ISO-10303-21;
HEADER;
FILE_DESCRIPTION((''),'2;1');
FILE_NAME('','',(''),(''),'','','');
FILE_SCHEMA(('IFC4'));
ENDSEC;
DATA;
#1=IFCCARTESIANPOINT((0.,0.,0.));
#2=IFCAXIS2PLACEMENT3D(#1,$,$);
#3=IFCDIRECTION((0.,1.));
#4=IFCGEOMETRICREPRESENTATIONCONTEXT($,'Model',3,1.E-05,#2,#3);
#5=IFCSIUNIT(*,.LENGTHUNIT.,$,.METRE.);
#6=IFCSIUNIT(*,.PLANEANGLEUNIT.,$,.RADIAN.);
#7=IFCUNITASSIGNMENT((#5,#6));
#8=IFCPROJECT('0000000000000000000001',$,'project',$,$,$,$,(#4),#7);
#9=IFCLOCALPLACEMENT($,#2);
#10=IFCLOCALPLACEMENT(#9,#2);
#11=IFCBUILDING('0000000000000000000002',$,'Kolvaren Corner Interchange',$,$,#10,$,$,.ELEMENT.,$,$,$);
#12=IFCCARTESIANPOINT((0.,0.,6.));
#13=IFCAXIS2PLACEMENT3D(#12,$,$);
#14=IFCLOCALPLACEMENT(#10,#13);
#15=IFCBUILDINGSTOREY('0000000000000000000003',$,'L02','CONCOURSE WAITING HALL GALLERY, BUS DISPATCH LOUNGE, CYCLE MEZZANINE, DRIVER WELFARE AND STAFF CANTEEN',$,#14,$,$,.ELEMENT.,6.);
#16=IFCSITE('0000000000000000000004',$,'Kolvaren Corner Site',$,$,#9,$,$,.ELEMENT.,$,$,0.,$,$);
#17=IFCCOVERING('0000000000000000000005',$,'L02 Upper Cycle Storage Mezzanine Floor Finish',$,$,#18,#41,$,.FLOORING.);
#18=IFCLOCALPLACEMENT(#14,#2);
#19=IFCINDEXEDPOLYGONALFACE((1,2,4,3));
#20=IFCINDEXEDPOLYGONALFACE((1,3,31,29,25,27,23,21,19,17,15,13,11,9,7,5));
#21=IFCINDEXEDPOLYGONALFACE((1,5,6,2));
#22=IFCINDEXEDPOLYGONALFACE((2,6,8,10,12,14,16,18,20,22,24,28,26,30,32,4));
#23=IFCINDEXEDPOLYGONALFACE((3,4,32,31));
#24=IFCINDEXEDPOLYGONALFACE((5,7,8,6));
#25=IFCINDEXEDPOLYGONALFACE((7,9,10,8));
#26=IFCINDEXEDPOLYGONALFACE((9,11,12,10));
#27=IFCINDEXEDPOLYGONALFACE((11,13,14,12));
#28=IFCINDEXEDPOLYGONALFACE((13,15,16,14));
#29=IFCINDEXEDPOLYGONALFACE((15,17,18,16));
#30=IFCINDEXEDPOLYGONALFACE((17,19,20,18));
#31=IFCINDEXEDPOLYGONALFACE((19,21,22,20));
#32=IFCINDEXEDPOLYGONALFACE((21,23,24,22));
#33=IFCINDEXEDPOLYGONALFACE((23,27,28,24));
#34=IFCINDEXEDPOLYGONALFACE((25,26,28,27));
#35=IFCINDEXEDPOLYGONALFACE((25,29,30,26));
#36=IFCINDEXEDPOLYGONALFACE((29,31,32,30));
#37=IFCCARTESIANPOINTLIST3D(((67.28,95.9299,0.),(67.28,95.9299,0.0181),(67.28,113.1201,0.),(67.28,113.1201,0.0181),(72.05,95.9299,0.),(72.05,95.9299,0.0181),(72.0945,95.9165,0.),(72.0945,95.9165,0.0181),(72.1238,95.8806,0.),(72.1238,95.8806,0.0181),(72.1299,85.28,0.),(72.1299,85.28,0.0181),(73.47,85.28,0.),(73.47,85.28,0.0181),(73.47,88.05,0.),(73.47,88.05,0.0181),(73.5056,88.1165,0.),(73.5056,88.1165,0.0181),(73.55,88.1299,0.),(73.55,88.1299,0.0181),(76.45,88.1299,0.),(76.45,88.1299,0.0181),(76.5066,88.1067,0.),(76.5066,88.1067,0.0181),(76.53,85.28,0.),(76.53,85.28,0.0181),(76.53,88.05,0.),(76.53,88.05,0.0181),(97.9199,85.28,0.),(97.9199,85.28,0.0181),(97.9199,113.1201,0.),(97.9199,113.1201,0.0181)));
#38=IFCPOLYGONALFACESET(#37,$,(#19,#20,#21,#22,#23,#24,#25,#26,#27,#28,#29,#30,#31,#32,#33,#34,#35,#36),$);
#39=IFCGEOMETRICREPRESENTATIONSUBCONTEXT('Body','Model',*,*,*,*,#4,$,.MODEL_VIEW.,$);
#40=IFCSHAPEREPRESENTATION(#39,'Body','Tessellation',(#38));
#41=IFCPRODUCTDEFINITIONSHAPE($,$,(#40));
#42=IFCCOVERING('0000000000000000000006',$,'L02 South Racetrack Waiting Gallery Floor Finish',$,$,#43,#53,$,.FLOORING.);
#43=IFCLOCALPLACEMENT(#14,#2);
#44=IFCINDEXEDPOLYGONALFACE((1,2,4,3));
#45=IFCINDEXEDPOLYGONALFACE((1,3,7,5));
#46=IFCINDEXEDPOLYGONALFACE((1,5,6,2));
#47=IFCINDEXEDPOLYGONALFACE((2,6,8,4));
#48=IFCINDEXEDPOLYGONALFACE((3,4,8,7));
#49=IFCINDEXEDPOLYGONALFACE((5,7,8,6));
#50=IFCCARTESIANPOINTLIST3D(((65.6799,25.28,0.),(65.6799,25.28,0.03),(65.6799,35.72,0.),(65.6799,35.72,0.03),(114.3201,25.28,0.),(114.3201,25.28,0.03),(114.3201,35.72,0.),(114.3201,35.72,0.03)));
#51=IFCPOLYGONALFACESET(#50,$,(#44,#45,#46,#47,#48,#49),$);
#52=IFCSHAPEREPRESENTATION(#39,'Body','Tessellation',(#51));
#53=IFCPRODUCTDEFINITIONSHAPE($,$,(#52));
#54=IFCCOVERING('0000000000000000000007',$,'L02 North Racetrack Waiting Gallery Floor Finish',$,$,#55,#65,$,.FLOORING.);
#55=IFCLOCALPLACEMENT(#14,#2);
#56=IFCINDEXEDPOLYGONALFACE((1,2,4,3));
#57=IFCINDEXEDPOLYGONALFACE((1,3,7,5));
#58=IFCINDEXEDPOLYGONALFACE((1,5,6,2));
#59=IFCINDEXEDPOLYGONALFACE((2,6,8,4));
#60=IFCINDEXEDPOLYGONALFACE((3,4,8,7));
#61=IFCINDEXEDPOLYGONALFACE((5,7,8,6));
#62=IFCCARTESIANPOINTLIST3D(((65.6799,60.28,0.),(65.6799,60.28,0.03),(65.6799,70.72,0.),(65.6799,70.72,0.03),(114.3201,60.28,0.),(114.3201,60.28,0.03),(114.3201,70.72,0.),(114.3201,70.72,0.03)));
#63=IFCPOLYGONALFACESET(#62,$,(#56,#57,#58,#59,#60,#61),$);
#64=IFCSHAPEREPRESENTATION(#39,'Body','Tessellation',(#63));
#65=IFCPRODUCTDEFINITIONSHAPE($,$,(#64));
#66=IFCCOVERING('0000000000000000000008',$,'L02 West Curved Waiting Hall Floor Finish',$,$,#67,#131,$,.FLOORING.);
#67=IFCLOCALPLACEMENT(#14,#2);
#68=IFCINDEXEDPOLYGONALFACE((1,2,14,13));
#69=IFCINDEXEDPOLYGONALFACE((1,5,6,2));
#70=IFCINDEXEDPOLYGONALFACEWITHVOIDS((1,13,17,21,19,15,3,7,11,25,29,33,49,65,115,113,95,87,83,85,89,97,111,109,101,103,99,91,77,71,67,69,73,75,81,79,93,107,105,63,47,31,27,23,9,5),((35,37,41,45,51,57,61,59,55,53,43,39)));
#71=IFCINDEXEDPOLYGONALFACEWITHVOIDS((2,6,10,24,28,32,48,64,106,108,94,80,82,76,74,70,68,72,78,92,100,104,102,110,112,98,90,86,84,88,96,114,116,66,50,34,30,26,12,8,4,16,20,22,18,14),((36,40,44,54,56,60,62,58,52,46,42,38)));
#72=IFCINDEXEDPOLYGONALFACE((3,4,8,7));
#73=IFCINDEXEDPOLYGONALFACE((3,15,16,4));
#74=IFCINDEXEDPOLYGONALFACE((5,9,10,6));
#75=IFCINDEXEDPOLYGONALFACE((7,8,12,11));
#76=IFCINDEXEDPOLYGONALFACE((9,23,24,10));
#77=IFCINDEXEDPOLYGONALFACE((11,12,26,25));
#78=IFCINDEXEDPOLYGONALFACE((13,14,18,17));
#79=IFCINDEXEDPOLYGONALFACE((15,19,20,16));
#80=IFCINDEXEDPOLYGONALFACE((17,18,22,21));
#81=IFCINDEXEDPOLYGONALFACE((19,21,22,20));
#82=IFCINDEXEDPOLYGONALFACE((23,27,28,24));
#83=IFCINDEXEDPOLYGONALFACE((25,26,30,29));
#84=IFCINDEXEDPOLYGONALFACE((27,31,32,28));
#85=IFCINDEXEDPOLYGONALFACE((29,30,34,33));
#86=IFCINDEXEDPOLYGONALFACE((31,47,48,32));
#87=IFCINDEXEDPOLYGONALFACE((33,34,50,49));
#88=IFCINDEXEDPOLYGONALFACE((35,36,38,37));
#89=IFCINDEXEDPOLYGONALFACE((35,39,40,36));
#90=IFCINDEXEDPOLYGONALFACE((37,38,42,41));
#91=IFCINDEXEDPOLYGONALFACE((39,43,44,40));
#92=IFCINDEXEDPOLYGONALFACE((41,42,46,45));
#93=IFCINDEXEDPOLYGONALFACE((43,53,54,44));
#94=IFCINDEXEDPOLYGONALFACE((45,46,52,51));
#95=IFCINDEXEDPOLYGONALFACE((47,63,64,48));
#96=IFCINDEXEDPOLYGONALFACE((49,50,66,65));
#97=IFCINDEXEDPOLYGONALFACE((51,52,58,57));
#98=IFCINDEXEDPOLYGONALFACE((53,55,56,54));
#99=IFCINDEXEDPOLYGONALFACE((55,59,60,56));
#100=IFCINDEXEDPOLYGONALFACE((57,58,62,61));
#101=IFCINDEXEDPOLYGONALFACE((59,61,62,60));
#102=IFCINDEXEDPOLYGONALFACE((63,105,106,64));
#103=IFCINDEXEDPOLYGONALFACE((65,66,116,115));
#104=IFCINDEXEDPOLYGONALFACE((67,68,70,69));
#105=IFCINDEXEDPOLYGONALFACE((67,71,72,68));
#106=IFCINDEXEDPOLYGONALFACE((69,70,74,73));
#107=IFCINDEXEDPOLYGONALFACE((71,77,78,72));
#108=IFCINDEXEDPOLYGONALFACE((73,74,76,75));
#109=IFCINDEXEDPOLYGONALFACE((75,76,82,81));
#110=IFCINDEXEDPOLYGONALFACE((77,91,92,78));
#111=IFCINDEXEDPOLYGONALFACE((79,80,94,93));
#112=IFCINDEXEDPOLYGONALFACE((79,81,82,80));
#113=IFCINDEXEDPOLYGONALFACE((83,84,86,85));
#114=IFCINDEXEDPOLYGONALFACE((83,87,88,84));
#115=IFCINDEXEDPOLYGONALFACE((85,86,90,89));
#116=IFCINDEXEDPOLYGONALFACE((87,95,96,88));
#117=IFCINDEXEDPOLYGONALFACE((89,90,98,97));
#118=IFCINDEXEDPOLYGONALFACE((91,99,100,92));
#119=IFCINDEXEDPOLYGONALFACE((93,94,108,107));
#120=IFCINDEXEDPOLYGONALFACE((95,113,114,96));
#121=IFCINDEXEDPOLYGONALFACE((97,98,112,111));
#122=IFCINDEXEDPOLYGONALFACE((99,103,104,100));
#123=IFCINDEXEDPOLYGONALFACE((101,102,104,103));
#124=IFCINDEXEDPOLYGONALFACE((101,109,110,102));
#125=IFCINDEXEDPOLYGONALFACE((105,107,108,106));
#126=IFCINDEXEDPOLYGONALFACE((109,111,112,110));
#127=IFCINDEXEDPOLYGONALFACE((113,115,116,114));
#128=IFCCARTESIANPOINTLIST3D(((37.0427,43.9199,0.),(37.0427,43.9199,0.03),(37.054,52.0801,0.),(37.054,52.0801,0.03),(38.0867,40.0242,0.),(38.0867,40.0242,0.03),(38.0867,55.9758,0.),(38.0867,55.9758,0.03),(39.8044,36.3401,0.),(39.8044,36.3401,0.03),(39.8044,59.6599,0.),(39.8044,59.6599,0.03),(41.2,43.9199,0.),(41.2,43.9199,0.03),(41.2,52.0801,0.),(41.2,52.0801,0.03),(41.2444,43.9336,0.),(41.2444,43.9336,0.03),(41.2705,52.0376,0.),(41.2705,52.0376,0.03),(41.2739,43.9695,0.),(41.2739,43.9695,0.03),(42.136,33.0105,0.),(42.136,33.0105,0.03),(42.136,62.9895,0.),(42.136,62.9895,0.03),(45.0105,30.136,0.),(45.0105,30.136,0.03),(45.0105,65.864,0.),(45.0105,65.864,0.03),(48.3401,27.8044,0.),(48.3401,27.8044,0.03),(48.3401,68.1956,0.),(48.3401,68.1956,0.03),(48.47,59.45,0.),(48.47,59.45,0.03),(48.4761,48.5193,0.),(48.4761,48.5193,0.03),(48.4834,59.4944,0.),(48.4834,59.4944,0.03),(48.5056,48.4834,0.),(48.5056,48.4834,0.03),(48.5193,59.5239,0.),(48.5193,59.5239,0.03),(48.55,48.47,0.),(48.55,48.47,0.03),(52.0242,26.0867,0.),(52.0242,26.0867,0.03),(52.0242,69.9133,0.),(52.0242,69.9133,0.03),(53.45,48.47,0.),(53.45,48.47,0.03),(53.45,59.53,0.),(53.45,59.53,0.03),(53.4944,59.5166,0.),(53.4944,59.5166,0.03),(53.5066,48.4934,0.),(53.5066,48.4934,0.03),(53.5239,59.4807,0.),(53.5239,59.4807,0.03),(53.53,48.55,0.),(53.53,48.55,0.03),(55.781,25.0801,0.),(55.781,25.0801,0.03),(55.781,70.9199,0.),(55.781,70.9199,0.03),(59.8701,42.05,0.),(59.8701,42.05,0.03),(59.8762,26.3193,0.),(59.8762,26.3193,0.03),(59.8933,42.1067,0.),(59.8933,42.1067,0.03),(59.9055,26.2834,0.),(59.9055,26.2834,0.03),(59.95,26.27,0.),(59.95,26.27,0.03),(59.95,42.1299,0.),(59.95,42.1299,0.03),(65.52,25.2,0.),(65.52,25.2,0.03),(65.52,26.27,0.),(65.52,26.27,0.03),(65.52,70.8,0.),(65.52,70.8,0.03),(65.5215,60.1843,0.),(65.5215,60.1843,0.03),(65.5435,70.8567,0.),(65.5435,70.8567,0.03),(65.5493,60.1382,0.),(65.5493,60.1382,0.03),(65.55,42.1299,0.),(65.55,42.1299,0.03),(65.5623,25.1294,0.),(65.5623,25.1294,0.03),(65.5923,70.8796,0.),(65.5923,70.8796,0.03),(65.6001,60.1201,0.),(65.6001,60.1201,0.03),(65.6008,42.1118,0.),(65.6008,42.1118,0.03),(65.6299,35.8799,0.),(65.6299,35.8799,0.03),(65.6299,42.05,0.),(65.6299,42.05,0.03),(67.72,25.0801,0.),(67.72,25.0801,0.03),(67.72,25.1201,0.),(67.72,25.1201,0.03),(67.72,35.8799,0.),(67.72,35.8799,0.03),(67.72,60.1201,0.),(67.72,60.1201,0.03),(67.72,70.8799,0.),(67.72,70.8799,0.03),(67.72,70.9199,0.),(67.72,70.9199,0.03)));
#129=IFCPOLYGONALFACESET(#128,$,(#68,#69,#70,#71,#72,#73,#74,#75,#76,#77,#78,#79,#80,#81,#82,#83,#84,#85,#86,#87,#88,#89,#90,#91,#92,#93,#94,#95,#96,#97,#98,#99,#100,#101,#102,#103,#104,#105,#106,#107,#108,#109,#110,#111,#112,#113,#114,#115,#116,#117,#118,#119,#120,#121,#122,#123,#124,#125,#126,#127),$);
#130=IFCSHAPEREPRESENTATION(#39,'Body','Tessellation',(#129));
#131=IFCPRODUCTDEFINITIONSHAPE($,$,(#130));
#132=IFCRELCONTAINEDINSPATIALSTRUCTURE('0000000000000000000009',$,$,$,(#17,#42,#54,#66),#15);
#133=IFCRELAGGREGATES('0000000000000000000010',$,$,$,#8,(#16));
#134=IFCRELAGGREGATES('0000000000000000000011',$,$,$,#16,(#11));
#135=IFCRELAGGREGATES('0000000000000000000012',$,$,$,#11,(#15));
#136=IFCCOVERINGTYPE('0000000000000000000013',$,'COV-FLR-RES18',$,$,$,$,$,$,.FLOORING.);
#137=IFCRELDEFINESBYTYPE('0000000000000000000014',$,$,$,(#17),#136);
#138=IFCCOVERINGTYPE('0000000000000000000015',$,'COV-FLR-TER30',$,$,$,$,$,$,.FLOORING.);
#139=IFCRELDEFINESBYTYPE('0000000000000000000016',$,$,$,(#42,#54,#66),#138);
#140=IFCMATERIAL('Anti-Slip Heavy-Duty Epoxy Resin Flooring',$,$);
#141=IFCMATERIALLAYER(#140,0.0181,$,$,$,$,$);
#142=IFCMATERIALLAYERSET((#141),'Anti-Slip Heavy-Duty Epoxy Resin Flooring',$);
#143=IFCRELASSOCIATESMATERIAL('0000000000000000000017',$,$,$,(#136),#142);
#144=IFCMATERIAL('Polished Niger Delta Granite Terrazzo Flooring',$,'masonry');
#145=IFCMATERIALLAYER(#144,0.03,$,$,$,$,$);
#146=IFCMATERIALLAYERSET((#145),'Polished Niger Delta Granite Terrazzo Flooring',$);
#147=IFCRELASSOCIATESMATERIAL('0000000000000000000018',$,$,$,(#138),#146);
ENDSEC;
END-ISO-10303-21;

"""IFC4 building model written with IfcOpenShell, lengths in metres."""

from ifc_helpers import new_model, si_unit, direction, frame, origin, place, context, subcontext, project, spatial, polyline, outline, extrude, material, layer, layer_set, type_object, element, save


model = new_model("IFC4")

# Units and contexts
model_context = context("Model", 3, precision=1e-05, world=origin(), true_north=direction((0.0, 1.0)))
body_context = subcontext(model_context, "Body", "Model", "MODEL_VIEW")
ifc_project = project(units=[si_unit("LENGTHUNIT", "METRE"), si_unit("PLANEANGLEUNIT", "RADIAN")], contexts=[model_context])

# Site, building, storey
site_placement = place(None, origin())
site = spatial("IfcSite", under=ifc_project, at=site_placement, Name="Kolvaren Corner Site", CompositionType="ELEMENT", RefElevation=0.0)
building_placement = place(site_placement, origin())
building = spatial("IfcBuilding", under=site, at=building_placement, Name="Kolvaren Corner Interchange", CompositionType="ELEMENT")
storey_placement = place(building_placement, frame((0.0, 0.0, 6.0)))
storey = spatial("IfcBuildingStorey", under=building, at=storey_placement, Name="L02", Description="CONCOURSE WAITING HALL GALLERY, BUS DISPATCH LOUNGE, CYCLE MEZZANINE, DRIVER WELFARE AND STAFF CANTEEN", CompositionType="ELEMENT", Elevation=6.0)

# Coverings
ifc_material_1 = material(Name="Anti-Slip Heavy-Duty Epoxy Resin Flooring")
ifc_layer_1 = layer(ifc_material_1, 0.0181)
ifc_layer_set_1 = layer_set([ifc_layer_1], Name="Anti-Slip Heavy-Duty Epoxy Resin Flooring")
covering_type_1 = type_object("IfcCoveringType", Name="COV-FLR-RES18", PredefinedType="FLOORING", material=ifc_layer_set_1)
covering_1_placement = place(storey_placement, origin())
element("IfcCovering", 1, at=covering_1_placement, inside=storey, type_object=covering_type_1, Name="L02 Upper Cycle Storage Mezzanine Floor Finish", PredefinedType="FLOORING", context=body_context, shape_type="SweptSolid", body=[
    extrude(outline(polyline([(67.28, 113.1201), (67.28, 95.9299), (72.05, 95.9299), (72.0945, 95.9165), (72.1238, 95.8806), (72.1299, 85.28), (73.47, 85.28), (73.47, 88.05), (73.5056, 88.1165), (73.55, 88.1299), (76.45, 88.1299), (76.5066, 88.1067), (76.53, 88.05), (76.53, 85.28), (97.9199, 85.28), (97.9199, 113.1201), (67.28, 113.1201)])), origin(), (0.0, 0.0, 1.0), 0.0181),
])
ifc_material_2 = material(Name="Polished Niger Delta Granite Terrazzo Flooring", Category="masonry")
ifc_layer_2 = layer(ifc_material_2, 0.03)
ifc_layer_set_2 = layer_set([ifc_layer_2], Name="Polished Niger Delta Granite Terrazzo Flooring")
covering_type_2 = type_object("IfcCoveringType", Name="COV-FLR-TER30", PredefinedType="FLOORING", material=ifc_layer_set_2)
covering_2_placement = place(storey_placement, origin())
element("IfcCovering", 2, at=covering_2_placement, inside=storey, type_object=covering_type_2, Name="L02 South Racetrack Waiting Gallery Floor Finish", PredefinedType="FLOORING", context=body_context, shape_type="SweptSolid", body=[
    extrude(outline(polyline([(65.6799, 25.28), (114.3201, 25.28), (114.3201, 35.72), (65.6799, 35.72), (65.6799, 25.28)])), origin(), (0.0, 0.0, 1.0), 0.03),
])
covering_3_placement = place(storey_placement, origin())
element("IfcCovering", 3, at=covering_3_placement, inside=storey, type_object=covering_type_2, Name="L02 North Racetrack Waiting Gallery Floor Finish", PredefinedType="FLOORING", context=body_context, shape_type="SweptSolid", body=[
    extrude(outline(polyline([(65.6799, 60.28), (114.3201, 60.28), (114.3201, 70.72), (65.6799, 70.72), (65.6799, 60.28)])), origin(), (0.0, 0.0, 1.0), 0.03),
])
covering_4_placement = place(storey_placement, origin())
element("IfcCovering", 4, at=covering_4_placement, inside=storey, type_object=covering_type_2, Name="L02 West Curved Waiting Hall Floor Finish", PredefinedType="FLOORING", context=body_context, shape_type="SweptSolid", body=[
    extrude(outline(polyline([(37.0427, 43.9199), (38.0867, 40.0242), (39.8044, 36.3401), (42.136, 33.0105), (45.0105, 30.136), (48.3401, 27.8044), (52.0242, 26.0867), (55.781, 25.0801), (67.72, 25.0801), (67.72, 25.1201), (65.5623, 25.1294), (65.52, 25.2), (65.52, 26.27), (59.95, 26.27), (59.9055, 26.2834), (59.8762, 26.3193), (59.8701, 42.05), (59.8933, 42.1067), (59.95, 42.1299), (65.55, 42.1299), (65.6008, 42.1118), (65.6299, 42.05), (65.6299, 35.8799), (67.72, 35.8799), (67.72, 60.1201), (65.6001, 60.1201), (65.5493, 60.1382), (65.5215, 60.1843), (65.52, 70.8), (65.5435, 70.8567), (65.5923, 70.8796), (67.72, 70.8799), (67.72, 70.9199), (55.781, 70.9199), (52.0242, 69.9133), (48.3401, 68.1956), (45.0105, 65.864), (42.136, 62.9895), (39.8044, 59.6599), (38.0867, 55.9758), (37.054, 52.0801), (41.2, 52.0801), (41.2705, 52.0376), (41.2739, 43.9695), (41.2444, 43.9336), (41.2, 43.9199), (37.0427, 43.9199)]), holes=[polyline([(53.5066, 48.4934), (53.45, 48.47), (48.55, 48.47), (48.5056, 48.4834), (48.4761, 48.5193), (48.47, 59.45), (48.4834, 59.4944), (48.5193, 59.5239), (53.45, 59.53), (53.4944, 59.5166), (53.5239, 59.4807), (53.53, 48.55), (53.5066, 48.4934)])]), origin(), (0.0, 0.0, 1.0), 0.03),
])

save(model, "model.ifc")
